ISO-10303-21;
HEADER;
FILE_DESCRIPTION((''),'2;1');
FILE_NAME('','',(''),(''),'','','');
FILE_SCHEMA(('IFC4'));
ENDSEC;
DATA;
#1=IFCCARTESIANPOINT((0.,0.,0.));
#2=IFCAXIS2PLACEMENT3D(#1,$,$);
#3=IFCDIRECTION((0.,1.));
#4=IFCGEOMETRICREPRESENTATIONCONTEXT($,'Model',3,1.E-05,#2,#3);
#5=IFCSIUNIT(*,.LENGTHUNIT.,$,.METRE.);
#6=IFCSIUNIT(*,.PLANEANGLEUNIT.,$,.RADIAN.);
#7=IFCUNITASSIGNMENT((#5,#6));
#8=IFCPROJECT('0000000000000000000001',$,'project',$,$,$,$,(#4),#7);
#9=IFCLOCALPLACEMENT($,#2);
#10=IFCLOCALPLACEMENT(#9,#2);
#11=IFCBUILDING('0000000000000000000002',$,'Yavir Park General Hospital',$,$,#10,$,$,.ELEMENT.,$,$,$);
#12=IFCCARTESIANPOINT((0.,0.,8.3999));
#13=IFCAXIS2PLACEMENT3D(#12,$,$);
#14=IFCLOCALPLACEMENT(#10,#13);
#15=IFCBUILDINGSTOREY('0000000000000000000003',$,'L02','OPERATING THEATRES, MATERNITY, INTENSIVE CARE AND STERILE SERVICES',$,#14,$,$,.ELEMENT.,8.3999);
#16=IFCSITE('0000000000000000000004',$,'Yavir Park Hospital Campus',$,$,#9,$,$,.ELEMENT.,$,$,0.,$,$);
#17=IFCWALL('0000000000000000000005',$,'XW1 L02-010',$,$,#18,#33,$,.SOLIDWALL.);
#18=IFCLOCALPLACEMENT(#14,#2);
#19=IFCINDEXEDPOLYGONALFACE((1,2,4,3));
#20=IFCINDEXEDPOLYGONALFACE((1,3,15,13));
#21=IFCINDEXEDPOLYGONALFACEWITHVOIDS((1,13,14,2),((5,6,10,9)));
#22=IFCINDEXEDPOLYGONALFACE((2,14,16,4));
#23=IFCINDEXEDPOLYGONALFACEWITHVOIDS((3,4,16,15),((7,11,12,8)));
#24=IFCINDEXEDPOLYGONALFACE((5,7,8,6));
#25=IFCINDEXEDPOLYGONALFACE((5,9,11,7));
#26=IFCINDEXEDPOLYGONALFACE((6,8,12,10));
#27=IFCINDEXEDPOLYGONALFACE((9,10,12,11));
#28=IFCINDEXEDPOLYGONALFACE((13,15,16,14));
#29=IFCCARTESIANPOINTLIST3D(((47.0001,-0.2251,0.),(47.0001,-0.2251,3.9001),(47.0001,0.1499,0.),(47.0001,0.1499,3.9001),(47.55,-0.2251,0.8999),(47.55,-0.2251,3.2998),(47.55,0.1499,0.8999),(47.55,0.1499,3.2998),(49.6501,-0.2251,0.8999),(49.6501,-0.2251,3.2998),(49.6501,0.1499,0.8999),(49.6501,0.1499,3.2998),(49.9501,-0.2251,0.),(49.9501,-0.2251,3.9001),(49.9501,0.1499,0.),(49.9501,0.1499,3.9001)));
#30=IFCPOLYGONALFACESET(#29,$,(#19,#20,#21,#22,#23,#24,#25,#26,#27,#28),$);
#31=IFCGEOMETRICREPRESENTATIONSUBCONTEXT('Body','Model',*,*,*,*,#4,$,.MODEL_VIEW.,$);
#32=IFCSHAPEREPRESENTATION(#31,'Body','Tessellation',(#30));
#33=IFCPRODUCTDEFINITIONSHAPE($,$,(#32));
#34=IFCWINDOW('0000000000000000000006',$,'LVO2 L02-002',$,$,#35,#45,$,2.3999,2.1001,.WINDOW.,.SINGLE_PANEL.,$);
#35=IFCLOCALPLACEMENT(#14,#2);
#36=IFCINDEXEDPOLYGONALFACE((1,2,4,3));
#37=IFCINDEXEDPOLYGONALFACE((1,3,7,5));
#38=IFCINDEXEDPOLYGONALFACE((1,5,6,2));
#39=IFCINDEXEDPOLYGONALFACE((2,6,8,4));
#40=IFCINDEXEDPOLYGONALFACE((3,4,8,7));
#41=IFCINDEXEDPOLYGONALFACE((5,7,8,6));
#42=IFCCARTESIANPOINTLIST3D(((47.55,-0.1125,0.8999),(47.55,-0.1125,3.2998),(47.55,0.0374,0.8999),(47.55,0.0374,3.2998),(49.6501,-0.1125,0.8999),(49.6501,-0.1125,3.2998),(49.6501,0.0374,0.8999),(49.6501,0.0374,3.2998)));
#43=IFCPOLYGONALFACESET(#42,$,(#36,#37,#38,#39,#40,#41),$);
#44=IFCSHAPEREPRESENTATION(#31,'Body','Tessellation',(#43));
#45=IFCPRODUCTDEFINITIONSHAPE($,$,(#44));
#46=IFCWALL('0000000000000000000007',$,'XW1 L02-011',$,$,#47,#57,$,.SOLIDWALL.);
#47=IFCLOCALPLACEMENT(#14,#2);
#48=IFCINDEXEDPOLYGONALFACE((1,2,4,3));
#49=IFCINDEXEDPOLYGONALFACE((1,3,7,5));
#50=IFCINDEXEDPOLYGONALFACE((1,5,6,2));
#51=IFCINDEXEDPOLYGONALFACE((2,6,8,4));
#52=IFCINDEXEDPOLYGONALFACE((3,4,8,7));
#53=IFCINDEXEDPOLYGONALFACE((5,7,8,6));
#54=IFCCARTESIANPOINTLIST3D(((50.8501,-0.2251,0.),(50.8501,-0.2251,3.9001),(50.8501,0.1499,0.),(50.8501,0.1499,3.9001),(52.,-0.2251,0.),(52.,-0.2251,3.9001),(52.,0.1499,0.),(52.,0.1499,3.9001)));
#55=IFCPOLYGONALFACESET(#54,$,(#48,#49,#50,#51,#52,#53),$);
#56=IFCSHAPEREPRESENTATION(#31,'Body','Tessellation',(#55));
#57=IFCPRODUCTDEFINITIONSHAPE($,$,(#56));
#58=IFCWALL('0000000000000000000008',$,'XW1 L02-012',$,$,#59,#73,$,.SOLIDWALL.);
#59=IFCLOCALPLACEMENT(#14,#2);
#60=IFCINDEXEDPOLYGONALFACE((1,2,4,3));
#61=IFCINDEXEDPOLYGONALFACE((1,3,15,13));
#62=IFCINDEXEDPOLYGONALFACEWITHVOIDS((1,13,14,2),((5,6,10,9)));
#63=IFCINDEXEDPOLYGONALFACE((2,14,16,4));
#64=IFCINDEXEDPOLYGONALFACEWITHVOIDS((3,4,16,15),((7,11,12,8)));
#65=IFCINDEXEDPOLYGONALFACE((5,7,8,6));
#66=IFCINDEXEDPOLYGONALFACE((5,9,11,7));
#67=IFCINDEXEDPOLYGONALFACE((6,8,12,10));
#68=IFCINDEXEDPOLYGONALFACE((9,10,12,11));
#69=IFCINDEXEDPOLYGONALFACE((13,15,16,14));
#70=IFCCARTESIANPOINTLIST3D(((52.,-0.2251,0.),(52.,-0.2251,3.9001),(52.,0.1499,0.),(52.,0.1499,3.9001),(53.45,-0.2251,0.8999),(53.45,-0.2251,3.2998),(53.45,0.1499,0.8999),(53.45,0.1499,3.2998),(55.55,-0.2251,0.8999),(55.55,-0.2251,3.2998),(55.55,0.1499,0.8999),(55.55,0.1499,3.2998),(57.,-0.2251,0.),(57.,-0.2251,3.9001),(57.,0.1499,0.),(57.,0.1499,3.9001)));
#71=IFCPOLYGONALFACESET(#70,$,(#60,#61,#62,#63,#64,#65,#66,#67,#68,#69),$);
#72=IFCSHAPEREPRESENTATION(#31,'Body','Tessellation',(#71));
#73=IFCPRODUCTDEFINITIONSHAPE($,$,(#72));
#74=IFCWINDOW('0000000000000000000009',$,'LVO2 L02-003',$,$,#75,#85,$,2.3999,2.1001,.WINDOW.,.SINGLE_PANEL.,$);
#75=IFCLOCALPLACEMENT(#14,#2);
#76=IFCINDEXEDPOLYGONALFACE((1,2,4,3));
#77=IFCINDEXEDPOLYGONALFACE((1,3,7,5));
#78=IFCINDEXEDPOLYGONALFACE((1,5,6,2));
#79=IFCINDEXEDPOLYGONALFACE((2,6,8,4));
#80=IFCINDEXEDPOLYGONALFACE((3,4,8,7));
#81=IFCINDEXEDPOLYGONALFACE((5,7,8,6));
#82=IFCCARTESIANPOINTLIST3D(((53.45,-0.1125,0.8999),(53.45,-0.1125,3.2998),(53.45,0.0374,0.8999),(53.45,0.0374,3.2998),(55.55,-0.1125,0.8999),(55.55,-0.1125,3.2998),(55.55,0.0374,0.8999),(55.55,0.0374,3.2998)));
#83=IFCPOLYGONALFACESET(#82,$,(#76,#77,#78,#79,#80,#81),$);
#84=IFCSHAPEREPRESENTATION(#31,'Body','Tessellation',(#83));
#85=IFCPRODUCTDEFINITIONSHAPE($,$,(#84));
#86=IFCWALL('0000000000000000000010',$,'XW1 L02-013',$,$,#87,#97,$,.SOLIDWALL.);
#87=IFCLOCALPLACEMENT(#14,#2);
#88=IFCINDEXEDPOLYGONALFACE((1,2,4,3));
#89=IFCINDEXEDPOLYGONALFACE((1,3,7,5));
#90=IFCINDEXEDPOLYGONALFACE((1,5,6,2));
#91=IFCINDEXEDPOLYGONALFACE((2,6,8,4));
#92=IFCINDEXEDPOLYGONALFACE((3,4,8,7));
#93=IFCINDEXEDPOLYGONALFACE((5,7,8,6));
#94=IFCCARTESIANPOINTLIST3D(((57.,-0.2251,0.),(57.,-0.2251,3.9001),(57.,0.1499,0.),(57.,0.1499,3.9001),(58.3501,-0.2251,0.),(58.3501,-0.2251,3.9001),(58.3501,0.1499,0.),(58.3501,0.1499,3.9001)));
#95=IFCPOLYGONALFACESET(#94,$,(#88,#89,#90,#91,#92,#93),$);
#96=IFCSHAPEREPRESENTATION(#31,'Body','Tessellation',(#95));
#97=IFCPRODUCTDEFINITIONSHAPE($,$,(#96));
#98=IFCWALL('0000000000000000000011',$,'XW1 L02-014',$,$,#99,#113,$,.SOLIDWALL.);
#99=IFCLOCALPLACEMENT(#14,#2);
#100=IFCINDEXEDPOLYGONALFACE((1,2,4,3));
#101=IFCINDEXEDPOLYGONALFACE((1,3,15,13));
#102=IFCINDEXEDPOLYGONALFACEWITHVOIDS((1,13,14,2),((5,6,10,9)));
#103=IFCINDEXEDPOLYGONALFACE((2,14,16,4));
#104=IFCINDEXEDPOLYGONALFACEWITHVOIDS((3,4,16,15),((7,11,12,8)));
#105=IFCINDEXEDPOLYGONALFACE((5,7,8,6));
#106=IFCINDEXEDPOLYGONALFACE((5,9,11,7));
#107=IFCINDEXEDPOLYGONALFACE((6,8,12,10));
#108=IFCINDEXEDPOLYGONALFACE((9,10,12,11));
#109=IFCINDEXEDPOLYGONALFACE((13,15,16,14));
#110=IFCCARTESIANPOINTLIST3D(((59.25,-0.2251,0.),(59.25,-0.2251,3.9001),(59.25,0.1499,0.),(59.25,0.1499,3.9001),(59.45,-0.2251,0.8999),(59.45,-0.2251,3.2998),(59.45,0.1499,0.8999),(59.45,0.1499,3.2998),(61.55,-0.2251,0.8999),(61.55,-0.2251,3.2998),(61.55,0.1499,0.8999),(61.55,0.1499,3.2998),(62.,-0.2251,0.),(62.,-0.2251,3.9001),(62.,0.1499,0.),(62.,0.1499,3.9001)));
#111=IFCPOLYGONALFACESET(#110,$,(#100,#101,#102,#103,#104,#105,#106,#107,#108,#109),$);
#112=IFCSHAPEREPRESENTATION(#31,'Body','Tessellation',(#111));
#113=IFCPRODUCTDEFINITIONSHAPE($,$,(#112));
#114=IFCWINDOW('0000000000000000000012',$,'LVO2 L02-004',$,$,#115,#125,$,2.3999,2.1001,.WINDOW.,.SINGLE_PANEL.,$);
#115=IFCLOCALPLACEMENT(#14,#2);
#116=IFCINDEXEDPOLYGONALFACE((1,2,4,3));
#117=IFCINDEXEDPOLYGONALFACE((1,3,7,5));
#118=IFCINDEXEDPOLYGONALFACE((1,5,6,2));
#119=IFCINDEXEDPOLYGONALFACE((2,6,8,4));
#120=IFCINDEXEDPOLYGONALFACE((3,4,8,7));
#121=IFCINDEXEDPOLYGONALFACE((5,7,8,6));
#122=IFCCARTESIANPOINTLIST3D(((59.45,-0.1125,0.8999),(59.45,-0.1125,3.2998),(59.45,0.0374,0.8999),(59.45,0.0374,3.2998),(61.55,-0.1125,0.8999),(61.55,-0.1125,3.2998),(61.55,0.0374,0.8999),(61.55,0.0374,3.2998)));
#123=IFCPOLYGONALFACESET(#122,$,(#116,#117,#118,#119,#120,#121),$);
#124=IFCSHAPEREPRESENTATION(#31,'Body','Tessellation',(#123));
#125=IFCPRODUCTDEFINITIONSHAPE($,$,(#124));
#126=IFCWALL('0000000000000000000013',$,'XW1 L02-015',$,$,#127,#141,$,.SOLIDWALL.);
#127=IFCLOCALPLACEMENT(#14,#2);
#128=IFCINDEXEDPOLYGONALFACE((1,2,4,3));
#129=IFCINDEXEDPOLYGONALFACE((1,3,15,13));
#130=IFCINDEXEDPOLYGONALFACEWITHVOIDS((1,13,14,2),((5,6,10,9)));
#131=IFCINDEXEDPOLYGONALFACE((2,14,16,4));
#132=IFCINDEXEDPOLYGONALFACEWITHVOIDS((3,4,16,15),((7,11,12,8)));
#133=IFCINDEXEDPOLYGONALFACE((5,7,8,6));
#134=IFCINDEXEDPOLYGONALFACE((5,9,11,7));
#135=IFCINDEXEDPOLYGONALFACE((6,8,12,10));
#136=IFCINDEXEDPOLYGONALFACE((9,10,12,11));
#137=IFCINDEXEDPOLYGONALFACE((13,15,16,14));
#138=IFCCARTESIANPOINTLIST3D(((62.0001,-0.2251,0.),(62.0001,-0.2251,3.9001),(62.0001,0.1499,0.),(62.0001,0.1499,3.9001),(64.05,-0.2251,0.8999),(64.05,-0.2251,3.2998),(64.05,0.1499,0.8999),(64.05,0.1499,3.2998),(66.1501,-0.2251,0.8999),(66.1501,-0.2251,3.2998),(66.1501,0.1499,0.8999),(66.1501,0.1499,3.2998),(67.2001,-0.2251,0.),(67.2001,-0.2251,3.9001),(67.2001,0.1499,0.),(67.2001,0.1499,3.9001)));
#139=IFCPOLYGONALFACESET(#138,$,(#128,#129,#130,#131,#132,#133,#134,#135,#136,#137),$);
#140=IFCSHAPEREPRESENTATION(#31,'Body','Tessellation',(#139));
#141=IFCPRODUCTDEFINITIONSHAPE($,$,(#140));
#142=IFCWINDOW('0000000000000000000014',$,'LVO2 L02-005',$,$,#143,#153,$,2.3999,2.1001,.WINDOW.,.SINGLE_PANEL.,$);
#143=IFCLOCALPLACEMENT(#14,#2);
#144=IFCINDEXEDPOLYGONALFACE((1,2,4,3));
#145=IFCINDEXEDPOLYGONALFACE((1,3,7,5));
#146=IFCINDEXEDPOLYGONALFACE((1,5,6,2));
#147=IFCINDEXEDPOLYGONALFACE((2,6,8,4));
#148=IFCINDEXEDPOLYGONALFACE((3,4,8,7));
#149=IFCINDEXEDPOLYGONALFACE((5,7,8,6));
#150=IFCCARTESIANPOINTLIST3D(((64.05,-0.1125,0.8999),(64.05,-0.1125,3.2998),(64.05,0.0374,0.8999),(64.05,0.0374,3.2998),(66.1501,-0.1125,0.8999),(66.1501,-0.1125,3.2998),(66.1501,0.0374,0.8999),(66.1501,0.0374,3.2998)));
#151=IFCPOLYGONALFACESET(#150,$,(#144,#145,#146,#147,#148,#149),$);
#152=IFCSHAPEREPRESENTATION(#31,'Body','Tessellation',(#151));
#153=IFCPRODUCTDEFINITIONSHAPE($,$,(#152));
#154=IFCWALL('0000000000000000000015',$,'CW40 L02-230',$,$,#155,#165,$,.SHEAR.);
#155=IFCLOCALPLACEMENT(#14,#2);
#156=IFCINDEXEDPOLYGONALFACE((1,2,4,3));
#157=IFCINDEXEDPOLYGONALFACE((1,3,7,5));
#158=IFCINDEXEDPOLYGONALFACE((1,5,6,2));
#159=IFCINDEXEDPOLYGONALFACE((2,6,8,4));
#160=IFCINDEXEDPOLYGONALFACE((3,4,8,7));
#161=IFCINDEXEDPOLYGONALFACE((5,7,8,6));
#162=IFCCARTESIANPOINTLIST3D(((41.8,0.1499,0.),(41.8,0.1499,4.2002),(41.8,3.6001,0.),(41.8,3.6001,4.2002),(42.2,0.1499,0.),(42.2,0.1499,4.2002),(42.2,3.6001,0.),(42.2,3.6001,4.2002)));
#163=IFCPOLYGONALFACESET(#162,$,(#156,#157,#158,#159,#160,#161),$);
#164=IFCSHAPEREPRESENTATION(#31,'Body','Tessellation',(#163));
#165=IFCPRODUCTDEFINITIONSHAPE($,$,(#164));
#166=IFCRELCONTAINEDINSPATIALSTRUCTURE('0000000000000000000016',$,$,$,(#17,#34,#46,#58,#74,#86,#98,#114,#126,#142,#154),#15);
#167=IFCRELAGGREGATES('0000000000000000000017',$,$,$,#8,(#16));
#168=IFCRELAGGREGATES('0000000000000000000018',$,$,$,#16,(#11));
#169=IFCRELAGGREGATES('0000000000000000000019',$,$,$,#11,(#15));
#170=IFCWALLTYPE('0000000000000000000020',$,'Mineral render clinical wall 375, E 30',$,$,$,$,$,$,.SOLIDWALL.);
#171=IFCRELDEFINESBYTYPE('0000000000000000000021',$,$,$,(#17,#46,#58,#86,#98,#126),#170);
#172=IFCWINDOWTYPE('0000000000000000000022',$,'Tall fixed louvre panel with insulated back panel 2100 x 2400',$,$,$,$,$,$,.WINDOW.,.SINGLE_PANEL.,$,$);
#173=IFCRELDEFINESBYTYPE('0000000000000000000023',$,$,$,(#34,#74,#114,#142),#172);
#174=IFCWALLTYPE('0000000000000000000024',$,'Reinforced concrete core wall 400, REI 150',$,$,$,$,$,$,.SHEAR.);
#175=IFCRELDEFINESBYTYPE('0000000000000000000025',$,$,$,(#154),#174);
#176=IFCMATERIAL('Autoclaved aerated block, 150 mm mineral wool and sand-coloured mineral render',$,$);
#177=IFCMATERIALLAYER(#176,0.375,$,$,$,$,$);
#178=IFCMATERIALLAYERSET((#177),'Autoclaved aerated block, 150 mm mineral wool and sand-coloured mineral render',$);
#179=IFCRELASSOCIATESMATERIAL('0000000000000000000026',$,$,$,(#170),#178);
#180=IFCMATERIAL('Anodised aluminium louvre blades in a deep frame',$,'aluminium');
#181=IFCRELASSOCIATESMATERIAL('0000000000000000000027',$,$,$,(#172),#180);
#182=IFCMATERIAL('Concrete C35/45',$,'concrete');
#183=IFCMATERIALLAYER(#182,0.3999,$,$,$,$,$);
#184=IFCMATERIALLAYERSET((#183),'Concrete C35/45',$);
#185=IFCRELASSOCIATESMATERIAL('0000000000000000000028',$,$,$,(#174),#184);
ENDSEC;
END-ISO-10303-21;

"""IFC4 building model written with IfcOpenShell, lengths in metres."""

from ifc_helpers import new_model, si_unit, direction, frame, frame_2d, origin, place, context, subcontext, project, spatial, rectangle, extrude, material, layer, layer_set, type_object, element, fill, save


model = new_model("IFC4")

# Units and contexts
model_context = context("Model", 3, precision=1e-05, world=origin(), true_north=direction((0.0, 1.0)))
body_context = subcontext(model_context, "Body", "Model", "MODEL_VIEW")
ifc_project = project(units=[si_unit("LENGTHUNIT", "METRE"), si_unit("PLANEANGLEUNIT", "RADIAN")], contexts=[model_context])

# Site, building, storey
site_placement = place(None, origin())
site = spatial("IfcSite", under=ifc_project, at=site_placement, Name="Yavir Park Hospital Campus", CompositionType="ELEMENT", RefElevation=0.0)
building_placement = place(site_placement, origin())
building = spatial("IfcBuilding", under=site, at=building_placement, Name="Yavir Park General Hospital", CompositionType="ELEMENT")
storey_placement = place(building_placement, frame((0.0, 0.0, 8.3999)))
storey = spatial("IfcBuildingStorey", under=building, at=storey_placement, Name="L02", Description="OPERATING THEATRES, MATERNITY, INTENSIVE CARE AND STERILE SERVICES", CompositionType="ELEMENT", Elevation=8.3999)

# Wall, opening, window
ifc_material_1 = material(Name="Autoclaved aerated block, 150 mm mineral wool and sand-coloured mineral render")
ifc_layer_1 = layer(ifc_material_1, 0.375)
ifc_layer_set_1 = layer_set([ifc_layer_1], Name="Autoclaved aerated block, 150 mm mineral wool and sand-coloured mineral render")
wall_type_1 = type_object("IfcWallType", Name="Mineral render clinical wall 375, E 30", PredefinedType="SOLIDWALL", material=ifc_layer_set_1)
ifc_material_2 = material(Name="Anodised aluminium louvre blades in a deep frame", Category="aluminium")
window_type = type_object("IfcWindowType", Name="Tall fixed louvre panel with insulated back panel 2100 x 2400", PartitioningType="SINGLE_PANEL", PredefinedType="WINDOW", material=ifc_material_2)
wall_1_placement = place(storey_placement, frame((47.0, -0.0376, 0.0), z_axis=(0.0, 0.0, 1.0), x_axis=(1.0, 0.0, 0.0)))
wall_1 = element("IfcWall", 1, at=wall_1_placement, inside=storey, type_object=wall_type_1, Name="XW1 L02-010", PredefinedType="SOLIDWALL", context=body_context, shape_type="SweptSolid", body=[
    extrude(rectangle(XDim=2.95, YDim=0.375, at=frame_2d((1.4751, 0.0))), origin(), (0.0, 0.0, 1.0), 3.9001),
])
opening_1_placement = place(wall_1_placement, frame((0.55, 0.0, 0.8999)))
opening_1 = element("IfcOpeningElement", 2, at=opening_1_placement, cuts=wall_1, PredefinedType="OPENING", context=body_context, shape_type="SweptSolid", body=[
    extrude(rectangle(XDim=2.1001, YDim=2.3999, at=frame_2d((1.05, 1.2))), frame((0.0, 0.1975, 0.0), z_axis=(0.0, -1.0, 0.0), x_axis=(1.0, 0.0, 0.0)), (0.0, 0.0, 1.0), 0.395),
])
window_1_placement = place(opening_1_placement, origin())
window_1 = element("IfcWindow", 3, at=window_1_placement, inside=storey, type_object=window_type, Name="LVO2 L02-002", OverallHeight=2.3999, OverallWidth=2.1001, PartitioningType="SINGLE_PANEL", PredefinedType="WINDOW", context=body_context, shape_type="SweptSolid", body=[
    extrude(rectangle(XDim=2.1001, YDim=2.3999, at=frame_2d((1.05, 1.2))), frame((0.0, 0.075, 0.0), z_axis=(0.0, -1.0, 0.0), x_axis=(1.0, 0.0, 0.0)), (0.0, 0.0, 1.0), 0.1499),
])
fill(opening_1, window_1)

# Wall
wall_2_placement = place(storey_placement, frame((50.8501, -0.0376, 0.0), z_axis=(0.0, 0.0, 1.0), x_axis=(1.0, 0.0, 0.0)))
element("IfcWall", 4, at=wall_2_placement, inside=storey, type_object=wall_type_1, Name="XW1 L02-011", PredefinedType="SOLIDWALL", context=body_context, shape_type="SweptSolid", body=[
    extrude(rectangle(XDim=1.1499, YDim=0.375, at=frame_2d((0.575, 0.0))), origin(), (0.0, 0.0, 1.0), 3.9001),
])

# Wall, opening, window
wall_3_placement = place(storey_placement, frame((52.0, -0.0376, 0.0), z_axis=(0.0, 0.0, 1.0), x_axis=(1.0, 0.0, 0.0)))
wall_3 = element("IfcWall", 5, at=wall_3_placement, inside=storey, type_object=wall_type_1, Name="XW1 L02-012", PredefinedType="SOLIDWALL", context=body_context, shape_type="SweptSolid", body=[
    extrude(rectangle(XDim=5.0, YDim=0.375, at=frame_2d((2.5, 0.0))), origin(), (0.0, 0.0, 1.0), 3.9001),
])
opening_2_placement = place(wall_3_placement, frame((1.45, 0.0, 0.8999)))
opening_2 = element("IfcOpeningElement", 6, at=opening_2_placement, cuts=wall_3, PredefinedType="OPENING", context=body_context, shape_type="SweptSolid", body=[
    extrude(rectangle(XDim=2.1001, YDim=2.3999, at=frame_2d((1.05, 1.2))), frame((0.0, 0.1975, 0.0), z_axis=(0.0, -1.0, 0.0), x_axis=(1.0, 0.0, 0.0)), (0.0, 0.0, 1.0), 0.395),
])
window_2_placement = place(opening_2_placement, origin())
window_2 = element("IfcWindow", 7, at=window_2_placement, inside=storey, type_object=window_type, Name="LVO2 L02-003", OverallHeight=2.3999, OverallWidth=2.1001, PartitioningType="SINGLE_PANEL", PredefinedType="WINDOW", context=body_context, shape_type="SweptSolid", body=[
    extrude(rectangle(XDim=2.1001, YDim=2.3999, at=frame_2d((1.05, 1.2))), frame((0.0, 0.075, 0.0), z_axis=(0.0, -1.0, 0.0), x_axis=(1.0, 0.0, 0.0)), (0.0, 0.0, 1.0), 0.1499),
])
fill(opening_2, window_2)

# Wall
wall_4_placement = place(storey_placement, frame((57.0, -0.0376, 0.0), z_axis=(0.0, 0.0, 1.0), x_axis=(1.0, 0.0, 0.0)))
element("IfcWall", 8, at=wall_4_placement, inside=storey, type_object=wall_type_1, Name="XW1 L02-013", PredefinedType="SOLIDWALL", context=body_context, shape_type="SweptSolid", body=[
    extrude(rectangle(XDim=1.3501, YDim=0.375, at=frame_2d((0.675, 0.0))), origin(), (0.0, 0.0, 1.0), 3.9001),
])

# Walls, openings, windows
wall_5_placement = place(storey_placement, frame((59.25, -0.0376, 0.0), z_axis=(0.0, 0.0, 1.0), x_axis=(1.0, 0.0, 0.0)))
wall_5 = element("IfcWall", 9, at=wall_5_placement, inside=storey, type_object=wall_type_1, Name="XW1 L02-014", PredefinedType="SOLIDWALL", context=body_context, shape_type="SweptSolid", body=[
    extrude(rectangle(XDim=2.75, YDim=0.375, at=frame_2d((1.375, 0.0))), origin(), (0.0, 0.0, 1.0), 3.9001),
])
opening_3_placement = place(wall_5_placement, frame((0.2, 0.0, 0.8999)))
opening_3 = element("IfcOpeningElement", 10, at=opening_3_placement, cuts=wall_5, PredefinedType="OPENING", context=body_context, shape_type="SweptSolid", body=[
    extrude(rectangle(XDim=2.1001, YDim=2.3999, at=frame_2d((1.05, 1.2))), frame((0.0, 0.1975, 0.0), z_axis=(0.0, -1.0, 0.0), x_axis=(1.0, 0.0, 0.0)), (0.0, 0.0, 1.0), 0.395),
])
window_3_placement = place(opening_3_placement, origin())
window_3 = element("IfcWindow", 11, at=window_3_placement, inside=storey, type_object=window_type, Name="LVO2 L02-004", OverallHeight=2.3999, OverallWidth=2.1001, PartitioningType="SINGLE_PANEL", PredefinedType="WINDOW", context=body_context, shape_type="SweptSolid", body=[
    extrude(rectangle(XDim=2.1001, YDim=2.3999, at=frame_2d((1.05, 1.2))), frame((0.0, 0.075, 0.0), z_axis=(0.0, -1.0, 0.0), x_axis=(1.0, 0.0, 0.0)), (0.0, 0.0, 1.0), 0.1499),
])
fill(opening_3, window_3)
wall_6_placement = place(storey_placement, frame((62.0, -0.0376, 0.0), z_axis=(0.0, 0.0, 1.0), x_axis=(1.0, 0.0, 0.0)))
wall_6 = element("IfcWall", 12, at=wall_6_placement, inside=storey, type_object=wall_type_1, Name="XW1 L02-015", PredefinedType="SOLIDWALL", context=body_context, shape_type="SweptSolid", body=[
    extrude(rectangle(XDim=5.2, YDim=0.375, at=frame_2d((2.6001, 0.0))), origin(), (0.0, 0.0, 1.0), 3.9001),
])
opening_4_placement = place(wall_6_placement, frame((2.05, 0.0, 0.8999)))
opening_4 = element("IfcOpeningElement", 13, at=opening_4_placement, cuts=wall_6, PredefinedType="OPENING", context=body_context, shape_type="SweptSolid", body=[
    extrude(rectangle(XDim=2.1001, YDim=2.3999, at=frame_2d((1.05, 1.2))), frame((0.0, 0.1975, 0.0), z_axis=(0.0, -1.0, 0.0), x_axis=(1.0, 0.0, 0.0)), (0.0, 0.0, 1.0), 0.395),
])
window_4_placement = place(opening_4_placement, origin())
window_4 = element("IfcWindow", 14, at=window_4_placement, inside=storey, type_object=window_type, Name="LVO2 L02-005", OverallHeight=2.3999, OverallWidth=2.1001, PartitioningType="SINGLE_PANEL", PredefinedType="WINDOW", context=body_context, shape_type="SweptSolid", body=[
    extrude(rectangle(XDim=2.1001, YDim=2.3999, at=frame_2d((1.05, 1.2))), frame((0.0, 0.075, 0.0), z_axis=(0.0, -1.0, 0.0), x_axis=(1.0, 0.0, 0.0)), (0.0, 0.0, 1.0), 0.1499),
])
fill(opening_4, window_4)

# Wall
ifc_material_3 = material(Name="Concrete C35/45", Category="concrete")
ifc_layer_2 = layer(ifc_material_3, 0.3999)
ifc_layer_set_2 = layer_set([ifc_layer_2], Name="Concrete C35/45")
wall_type_2 = type_object("IfcWallType", Name="Reinforced concrete core wall 400, REI 150", PredefinedType="SHEAR", material=ifc_layer_set_2)
wall_7_placement = place(storey_placement, frame((42.0, 0.1499, 0.0), z_axis=(0.0, 0.0, 1.0), x_axis=(0.0, 1.0, 0.0)))
element("IfcWall", 15, at=wall_7_placement, inside=storey, type_object=wall_type_2, Name="CW40 L02-230", PredefinedType="SHEAR", context=body_context, shape_type="SweptSolid", body=[
    extrude(rectangle(XDim=3.4502, YDim=0.3999, at=frame_2d((1.7251, 0.0))), origin(), (0.0, 0.0, 1.0), 4.2002),
])

save(model, "model.ifc")
